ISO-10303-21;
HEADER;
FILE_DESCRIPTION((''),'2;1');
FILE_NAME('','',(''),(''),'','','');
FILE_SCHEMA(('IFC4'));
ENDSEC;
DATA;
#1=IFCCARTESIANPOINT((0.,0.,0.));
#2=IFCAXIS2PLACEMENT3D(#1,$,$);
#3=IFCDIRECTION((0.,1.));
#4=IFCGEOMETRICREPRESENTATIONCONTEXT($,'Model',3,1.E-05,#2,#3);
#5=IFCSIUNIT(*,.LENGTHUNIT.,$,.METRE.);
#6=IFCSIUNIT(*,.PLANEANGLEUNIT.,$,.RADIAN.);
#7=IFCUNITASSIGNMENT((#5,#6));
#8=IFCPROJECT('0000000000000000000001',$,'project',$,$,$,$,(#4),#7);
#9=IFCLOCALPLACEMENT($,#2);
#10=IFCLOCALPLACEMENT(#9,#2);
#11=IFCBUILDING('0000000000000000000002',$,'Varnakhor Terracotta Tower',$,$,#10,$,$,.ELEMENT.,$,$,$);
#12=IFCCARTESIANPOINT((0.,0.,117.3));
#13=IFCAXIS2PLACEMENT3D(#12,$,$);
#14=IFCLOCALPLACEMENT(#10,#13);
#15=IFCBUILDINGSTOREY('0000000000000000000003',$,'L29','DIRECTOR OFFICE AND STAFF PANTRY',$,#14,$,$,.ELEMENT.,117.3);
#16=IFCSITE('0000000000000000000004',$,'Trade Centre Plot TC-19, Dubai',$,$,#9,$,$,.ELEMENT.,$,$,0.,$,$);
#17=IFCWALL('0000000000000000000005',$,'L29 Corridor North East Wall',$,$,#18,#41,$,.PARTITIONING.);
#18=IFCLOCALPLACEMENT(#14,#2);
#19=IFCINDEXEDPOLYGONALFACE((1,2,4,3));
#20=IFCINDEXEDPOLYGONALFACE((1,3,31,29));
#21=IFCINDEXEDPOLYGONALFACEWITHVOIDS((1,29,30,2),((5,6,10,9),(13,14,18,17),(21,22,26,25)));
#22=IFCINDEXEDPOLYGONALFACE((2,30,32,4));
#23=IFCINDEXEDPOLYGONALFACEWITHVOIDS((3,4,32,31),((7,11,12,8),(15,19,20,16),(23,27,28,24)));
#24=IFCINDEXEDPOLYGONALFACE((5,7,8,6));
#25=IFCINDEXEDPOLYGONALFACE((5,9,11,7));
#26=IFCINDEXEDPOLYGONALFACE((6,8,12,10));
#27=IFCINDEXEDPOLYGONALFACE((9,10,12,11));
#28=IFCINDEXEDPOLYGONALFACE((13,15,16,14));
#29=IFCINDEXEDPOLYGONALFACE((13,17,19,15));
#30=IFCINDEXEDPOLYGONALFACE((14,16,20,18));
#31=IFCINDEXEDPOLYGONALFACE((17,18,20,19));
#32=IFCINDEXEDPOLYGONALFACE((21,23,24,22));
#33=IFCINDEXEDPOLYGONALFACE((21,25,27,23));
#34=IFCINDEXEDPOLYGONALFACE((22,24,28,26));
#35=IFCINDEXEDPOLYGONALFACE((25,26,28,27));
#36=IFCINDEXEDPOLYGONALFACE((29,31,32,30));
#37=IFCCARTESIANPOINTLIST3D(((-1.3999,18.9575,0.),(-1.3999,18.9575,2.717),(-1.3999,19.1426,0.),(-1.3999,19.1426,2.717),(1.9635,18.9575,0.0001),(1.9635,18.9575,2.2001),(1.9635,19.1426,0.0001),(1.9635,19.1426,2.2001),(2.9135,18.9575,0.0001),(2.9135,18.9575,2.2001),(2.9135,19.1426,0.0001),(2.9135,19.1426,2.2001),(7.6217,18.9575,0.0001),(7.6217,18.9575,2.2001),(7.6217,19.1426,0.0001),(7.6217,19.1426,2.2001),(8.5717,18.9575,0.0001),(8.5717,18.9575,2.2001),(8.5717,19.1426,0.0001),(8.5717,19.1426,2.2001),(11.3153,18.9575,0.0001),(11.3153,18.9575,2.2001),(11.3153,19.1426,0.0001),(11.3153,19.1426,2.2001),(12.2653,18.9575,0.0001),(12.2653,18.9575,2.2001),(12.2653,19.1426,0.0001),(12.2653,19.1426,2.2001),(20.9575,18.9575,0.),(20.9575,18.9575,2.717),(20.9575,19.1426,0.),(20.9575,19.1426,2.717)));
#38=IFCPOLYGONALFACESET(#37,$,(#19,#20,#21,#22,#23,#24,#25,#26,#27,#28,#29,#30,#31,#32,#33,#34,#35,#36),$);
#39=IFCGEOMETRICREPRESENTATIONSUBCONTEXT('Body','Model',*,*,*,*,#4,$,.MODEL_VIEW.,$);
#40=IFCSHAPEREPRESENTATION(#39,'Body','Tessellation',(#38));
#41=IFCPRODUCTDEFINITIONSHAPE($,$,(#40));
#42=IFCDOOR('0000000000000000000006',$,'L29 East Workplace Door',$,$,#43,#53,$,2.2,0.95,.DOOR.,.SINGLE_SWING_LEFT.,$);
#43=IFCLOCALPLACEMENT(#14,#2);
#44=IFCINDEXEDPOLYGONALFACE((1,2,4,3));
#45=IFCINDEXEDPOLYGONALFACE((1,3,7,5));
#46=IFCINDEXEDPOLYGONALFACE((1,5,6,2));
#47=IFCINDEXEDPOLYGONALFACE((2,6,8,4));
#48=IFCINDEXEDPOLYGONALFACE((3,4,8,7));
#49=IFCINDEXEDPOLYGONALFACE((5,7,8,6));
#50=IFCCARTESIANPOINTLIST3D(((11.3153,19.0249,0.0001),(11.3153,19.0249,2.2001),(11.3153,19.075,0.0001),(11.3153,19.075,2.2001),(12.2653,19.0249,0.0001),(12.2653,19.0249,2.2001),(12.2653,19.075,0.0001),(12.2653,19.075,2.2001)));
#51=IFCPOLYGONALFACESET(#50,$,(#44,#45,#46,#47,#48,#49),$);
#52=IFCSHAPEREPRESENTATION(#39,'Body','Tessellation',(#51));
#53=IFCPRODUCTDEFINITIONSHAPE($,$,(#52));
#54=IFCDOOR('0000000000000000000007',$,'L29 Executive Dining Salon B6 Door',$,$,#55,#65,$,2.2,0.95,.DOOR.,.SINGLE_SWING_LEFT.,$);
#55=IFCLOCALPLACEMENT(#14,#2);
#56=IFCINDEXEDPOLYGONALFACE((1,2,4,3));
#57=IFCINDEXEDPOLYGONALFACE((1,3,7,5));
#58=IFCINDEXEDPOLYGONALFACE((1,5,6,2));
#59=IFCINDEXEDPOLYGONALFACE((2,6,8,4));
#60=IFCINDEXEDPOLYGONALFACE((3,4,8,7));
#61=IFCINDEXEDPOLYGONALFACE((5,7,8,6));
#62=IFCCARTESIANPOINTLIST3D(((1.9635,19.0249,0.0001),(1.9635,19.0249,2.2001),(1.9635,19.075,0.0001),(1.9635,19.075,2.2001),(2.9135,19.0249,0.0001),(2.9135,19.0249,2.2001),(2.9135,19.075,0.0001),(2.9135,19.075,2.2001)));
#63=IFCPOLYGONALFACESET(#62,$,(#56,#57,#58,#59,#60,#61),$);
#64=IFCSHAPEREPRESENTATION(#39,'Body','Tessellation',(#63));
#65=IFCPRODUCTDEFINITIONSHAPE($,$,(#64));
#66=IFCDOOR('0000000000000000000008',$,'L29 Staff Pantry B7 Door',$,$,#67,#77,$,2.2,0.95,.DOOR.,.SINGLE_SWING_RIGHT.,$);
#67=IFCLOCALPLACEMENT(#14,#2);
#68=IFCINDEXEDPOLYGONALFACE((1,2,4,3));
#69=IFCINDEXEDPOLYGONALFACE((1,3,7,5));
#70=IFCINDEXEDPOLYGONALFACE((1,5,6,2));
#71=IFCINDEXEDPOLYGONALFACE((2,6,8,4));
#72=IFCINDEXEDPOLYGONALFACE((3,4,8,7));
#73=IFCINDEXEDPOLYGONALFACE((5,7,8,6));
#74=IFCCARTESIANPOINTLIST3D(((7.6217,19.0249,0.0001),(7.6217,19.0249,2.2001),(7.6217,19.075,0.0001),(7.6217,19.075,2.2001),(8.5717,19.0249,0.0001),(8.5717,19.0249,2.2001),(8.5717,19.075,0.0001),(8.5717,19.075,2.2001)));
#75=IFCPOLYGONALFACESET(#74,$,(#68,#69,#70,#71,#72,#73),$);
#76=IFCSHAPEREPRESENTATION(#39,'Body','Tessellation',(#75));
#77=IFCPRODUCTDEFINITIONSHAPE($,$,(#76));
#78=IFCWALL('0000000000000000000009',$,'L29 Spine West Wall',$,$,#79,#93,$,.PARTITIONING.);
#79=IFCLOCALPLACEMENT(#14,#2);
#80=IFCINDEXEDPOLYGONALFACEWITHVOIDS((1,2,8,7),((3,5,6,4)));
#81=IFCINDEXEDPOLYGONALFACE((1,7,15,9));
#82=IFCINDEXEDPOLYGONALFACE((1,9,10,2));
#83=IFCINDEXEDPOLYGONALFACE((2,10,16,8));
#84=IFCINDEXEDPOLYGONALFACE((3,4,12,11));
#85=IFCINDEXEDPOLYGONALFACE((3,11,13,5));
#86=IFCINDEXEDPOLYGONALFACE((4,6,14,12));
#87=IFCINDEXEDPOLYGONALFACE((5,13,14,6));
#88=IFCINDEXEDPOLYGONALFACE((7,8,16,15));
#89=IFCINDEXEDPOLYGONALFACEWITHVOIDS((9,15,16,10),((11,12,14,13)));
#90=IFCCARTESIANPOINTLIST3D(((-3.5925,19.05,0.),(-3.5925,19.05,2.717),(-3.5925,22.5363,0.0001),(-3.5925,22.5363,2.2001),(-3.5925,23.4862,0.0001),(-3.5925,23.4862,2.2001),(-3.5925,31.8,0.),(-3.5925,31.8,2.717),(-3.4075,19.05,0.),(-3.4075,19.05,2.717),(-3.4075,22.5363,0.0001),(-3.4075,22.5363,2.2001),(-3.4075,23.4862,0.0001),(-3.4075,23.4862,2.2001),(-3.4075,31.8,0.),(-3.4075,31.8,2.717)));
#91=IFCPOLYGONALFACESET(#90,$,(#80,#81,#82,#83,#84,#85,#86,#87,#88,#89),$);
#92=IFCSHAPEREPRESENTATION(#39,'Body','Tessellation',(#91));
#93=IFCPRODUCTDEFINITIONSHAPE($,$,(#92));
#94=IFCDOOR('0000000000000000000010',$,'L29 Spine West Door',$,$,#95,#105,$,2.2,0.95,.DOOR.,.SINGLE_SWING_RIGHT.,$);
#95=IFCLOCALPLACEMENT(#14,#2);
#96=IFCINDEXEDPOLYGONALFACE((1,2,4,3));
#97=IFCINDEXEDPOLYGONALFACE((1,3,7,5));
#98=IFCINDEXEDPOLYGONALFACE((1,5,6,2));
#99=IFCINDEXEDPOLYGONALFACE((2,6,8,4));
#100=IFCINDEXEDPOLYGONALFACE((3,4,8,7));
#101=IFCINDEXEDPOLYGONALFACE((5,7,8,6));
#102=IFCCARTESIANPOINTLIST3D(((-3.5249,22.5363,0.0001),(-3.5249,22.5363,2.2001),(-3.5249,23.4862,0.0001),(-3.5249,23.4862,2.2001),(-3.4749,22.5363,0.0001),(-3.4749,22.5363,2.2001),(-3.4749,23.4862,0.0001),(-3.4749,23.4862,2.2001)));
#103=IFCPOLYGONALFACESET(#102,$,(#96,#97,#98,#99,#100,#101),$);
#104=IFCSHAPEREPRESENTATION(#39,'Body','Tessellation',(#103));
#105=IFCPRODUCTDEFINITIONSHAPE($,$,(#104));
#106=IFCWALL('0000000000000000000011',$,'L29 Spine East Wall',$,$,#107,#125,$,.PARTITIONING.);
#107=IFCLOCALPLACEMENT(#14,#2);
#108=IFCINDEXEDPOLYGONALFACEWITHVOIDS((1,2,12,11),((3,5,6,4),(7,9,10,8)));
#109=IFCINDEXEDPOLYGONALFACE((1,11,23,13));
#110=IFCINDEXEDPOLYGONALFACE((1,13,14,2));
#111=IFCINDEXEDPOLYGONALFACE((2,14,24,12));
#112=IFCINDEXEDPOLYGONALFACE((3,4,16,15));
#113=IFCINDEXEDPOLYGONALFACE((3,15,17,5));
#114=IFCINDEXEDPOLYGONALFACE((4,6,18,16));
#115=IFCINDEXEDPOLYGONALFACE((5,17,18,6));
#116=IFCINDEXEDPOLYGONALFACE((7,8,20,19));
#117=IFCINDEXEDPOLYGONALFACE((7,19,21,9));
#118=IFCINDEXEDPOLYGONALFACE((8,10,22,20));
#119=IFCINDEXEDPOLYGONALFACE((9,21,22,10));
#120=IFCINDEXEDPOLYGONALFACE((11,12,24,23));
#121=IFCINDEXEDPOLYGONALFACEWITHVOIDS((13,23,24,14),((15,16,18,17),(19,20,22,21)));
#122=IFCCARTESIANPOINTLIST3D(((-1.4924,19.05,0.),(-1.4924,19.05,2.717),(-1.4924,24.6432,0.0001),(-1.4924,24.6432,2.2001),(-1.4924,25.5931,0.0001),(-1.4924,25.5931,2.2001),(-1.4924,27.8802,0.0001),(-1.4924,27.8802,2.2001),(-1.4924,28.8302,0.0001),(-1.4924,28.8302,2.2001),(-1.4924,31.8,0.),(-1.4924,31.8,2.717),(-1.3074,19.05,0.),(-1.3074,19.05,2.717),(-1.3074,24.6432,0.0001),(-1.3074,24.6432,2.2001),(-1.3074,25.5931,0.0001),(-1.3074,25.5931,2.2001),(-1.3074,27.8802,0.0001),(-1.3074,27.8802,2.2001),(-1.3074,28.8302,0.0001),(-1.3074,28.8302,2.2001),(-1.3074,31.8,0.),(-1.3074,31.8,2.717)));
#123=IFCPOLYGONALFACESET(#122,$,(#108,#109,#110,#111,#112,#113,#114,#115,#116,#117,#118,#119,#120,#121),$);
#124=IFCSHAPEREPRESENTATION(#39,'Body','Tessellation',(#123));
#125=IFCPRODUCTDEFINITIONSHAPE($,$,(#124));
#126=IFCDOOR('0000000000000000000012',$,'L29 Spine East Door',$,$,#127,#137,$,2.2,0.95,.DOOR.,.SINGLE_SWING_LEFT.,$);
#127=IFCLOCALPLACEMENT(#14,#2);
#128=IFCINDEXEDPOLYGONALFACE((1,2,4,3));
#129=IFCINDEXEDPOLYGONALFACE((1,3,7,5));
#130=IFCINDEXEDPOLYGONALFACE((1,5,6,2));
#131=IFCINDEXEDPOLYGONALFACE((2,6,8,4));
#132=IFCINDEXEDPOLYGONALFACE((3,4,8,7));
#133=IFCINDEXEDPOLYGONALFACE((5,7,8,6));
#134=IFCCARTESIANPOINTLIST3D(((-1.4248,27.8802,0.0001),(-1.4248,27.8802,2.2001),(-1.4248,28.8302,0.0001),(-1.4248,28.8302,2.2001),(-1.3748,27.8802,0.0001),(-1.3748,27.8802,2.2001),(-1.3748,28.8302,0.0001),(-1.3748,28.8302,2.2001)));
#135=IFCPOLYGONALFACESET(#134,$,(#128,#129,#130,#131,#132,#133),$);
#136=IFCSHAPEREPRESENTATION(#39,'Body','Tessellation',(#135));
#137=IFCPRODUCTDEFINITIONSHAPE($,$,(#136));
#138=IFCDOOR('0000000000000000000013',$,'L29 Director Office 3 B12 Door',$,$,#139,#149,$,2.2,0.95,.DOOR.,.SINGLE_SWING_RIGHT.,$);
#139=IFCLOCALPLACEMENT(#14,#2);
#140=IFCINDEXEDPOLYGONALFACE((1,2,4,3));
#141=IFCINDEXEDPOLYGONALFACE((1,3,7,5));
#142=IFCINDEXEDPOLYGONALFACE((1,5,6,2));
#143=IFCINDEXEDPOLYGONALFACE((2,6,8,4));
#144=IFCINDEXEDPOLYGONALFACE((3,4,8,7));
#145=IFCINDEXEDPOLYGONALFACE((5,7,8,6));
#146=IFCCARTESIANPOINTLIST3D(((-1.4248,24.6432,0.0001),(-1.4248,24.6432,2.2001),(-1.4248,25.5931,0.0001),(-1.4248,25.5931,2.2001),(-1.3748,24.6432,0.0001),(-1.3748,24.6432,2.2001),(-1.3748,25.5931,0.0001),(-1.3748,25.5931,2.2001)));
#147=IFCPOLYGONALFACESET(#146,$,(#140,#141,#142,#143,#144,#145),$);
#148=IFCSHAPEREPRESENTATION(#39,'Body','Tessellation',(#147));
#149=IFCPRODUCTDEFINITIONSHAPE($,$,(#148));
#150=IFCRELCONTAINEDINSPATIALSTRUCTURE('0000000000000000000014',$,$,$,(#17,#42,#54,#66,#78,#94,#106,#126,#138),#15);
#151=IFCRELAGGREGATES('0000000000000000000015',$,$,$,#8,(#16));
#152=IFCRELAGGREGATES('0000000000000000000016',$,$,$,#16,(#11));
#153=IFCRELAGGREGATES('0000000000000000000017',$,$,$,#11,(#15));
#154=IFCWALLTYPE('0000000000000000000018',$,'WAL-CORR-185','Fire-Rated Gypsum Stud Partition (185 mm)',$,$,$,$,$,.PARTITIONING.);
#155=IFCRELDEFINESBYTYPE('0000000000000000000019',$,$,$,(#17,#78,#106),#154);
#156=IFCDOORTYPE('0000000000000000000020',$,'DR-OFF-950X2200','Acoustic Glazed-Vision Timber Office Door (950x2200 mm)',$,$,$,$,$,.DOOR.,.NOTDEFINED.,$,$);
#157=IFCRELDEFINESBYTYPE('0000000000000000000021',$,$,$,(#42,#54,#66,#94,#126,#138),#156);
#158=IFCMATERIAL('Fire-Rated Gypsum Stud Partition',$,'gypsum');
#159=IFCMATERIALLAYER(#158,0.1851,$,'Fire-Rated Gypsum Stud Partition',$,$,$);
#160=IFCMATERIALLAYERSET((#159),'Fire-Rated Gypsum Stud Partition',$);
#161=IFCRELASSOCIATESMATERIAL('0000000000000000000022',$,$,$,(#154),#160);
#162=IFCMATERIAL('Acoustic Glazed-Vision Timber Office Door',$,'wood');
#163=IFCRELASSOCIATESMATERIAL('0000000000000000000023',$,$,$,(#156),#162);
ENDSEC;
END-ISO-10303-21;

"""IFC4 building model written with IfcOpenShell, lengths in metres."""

from ifc_helpers import new_model, si_unit, direction, frame, frame_2d, origin, place, context, subcontext, project, spatial, rectangle, extrude, source, transform, mapped, material, layer, layer_set, type_object, type_shapes, element, fill, save


model = new_model("IFC4")

# Units and contexts
model_context = context("Model", 3, precision=1e-05, world=origin(), true_north=direction((0.0, 1.0)))
body_context = subcontext(model_context, "Body", "Model", "MODEL_VIEW")
ifc_project = project(units=[si_unit("LENGTHUNIT", "METRE"), si_unit("PLANEANGLEUNIT", "RADIAN")], contexts=[model_context])

# Site, building, storey
site_placement = place(None, origin())
site = spatial("IfcSite", under=ifc_project, at=site_placement, Name="Trade Centre Plot TC-19, Dubai", CompositionType="ELEMENT", RefElevation=0.0)
building_placement = place(site_placement, origin())
building = spatial("IfcBuilding", under=site, at=building_placement, Name="Varnakhor Terracotta Tower", CompositionType="ELEMENT")
storey_placement = place(building_placement, frame((0.0, 0.0, 117.3)))
storey = spatial("IfcBuildingStorey", under=building, at=storey_placement, Name="L29", Description="DIRECTOR OFFICE AND STAFF PANTRY", CompositionType="ELEMENT", Elevation=117.3)

# Wall, openings, doors
ifc_material_1 = material(Name="Fire-Rated Gypsum Stud Partition", Category="gypsum")
ifc_layer_1 = layer(ifc_material_1, 0.1851, Name="Fire-Rated Gypsum Stud Partition")
ifc_layer_set_1 = layer_set([ifc_layer_1], Name="Fire-Rated Gypsum Stud Partition")
wall_type_1 = type_object("IfcWallType", Name="WAL-CORR-185", Description="Fire-Rated Gypsum Stud Partition (185 mm)", PredefinedType="PARTITIONING", material=ifc_layer_set_1)
wall_1_placement = place(storey_placement, frame((-1.3999, 19.05, 0.0), z_axis=(0.0, 0.0, 1.0), x_axis=(1.0, 0.0, 0.0)))
wall_1 = element("IfcWall", 1, at=wall_1_placement, inside=storey, type_object=wall_type_1, Name="L29 Corridor North East Wall", PredefinedType="PARTITIONING", context=body_context, shape_type="SweptSolid", body=[
    extrude(rectangle(XDim=22.3574, YDim=0.1851, at=frame_2d((11.1787, 0.0))), origin(), (0.0, 0.0, 1.0), 2.717),
])
opening_1_placement = place(wall_1_placement, frame((12.7151, 0.0, 0.0)))
opening_1 = element("IfcOpeningElement", 2, at=opening_1_placement, cuts=wall_1, PredefinedType="OPENING", context=body_context, shape_type="SweptSolid", body=[
    extrude(rectangle(XDim=0.95, YDim=2.2, at=frame_2d((0.4751, 1.1001))), frame((0.0, 0.1025, 0.0), z_axis=(0.0, -1.0, 0.0), x_axis=(1.0, 0.0, 0.0)), (0.0, 0.0, 1.0), 0.2051),
])
opening_2_placement = place(wall_1_placement, frame((3.3633, 0.0, 0.0)))
opening_2 = element("IfcOpeningElement", 3, at=opening_2_placement, cuts=wall_1, PredefinedType="OPENING", context=body_context, shape_type="SweptSolid", body=[
    extrude(rectangle(XDim=0.95, YDim=2.2, at=frame_2d((0.4751, 1.1001))), frame((0.0, 0.1025, 0.0), z_axis=(0.0, -1.0, 0.0), x_axis=(1.0, 0.0, 0.0)), (0.0, 0.0, 1.0), 0.2051),
])
opening_3_placement = place(wall_1_placement, frame((9.0215, 0.0, 0.0)))
opening_3 = element("IfcOpeningElement", 4, at=opening_3_placement, cuts=wall_1, PredefinedType="OPENING", context=body_context, shape_type="SweptSolid", body=[
    extrude(rectangle(XDim=0.95, YDim=2.2, at=frame_2d((0.4751, 1.1001))), frame((0.0, 0.1025, 0.0), z_axis=(0.0, -1.0, 0.0), x_axis=(1.0, 0.0, 0.0)), (0.0, 0.0, 1.0), 0.2051),
])
ifc_material_2 = material(Name="Acoustic Glazed-Vision Timber Office Door", Category="wood")
door_type = type_object("IfcDoorType", Name="DR-OFF-950X2200", Description="Acoustic Glazed-Vision Timber Office Door (950x2200 mm)", OperationType="NOTDEFINED", PredefinedType="DOOR", material=ifc_material_2)
shared_shape_1 = source(origin(), body_context, "Body", "SweptSolid", [
    extrude(rectangle(XDim=0.95, YDim=2.2, at=frame_2d((0.4751, 1.1001))), frame((0.0, 0.0249, 0.0), z_axis=(0.0, -1.0, 0.0), x_axis=(1.0, 0.0, 0.0)), (0.0, 0.0, 1.0), 0.05),
])
type_shapes(door_type, [shared_shape_1])
door_1_placement = place(opening_1_placement, origin())
door_1 = element("IfcDoor", 5, at=door_1_placement, inside=storey, type_object=door_type, Name="L29 East Workplace Door", OperationType="SINGLE_SWING_LEFT", OverallHeight=2.2, OverallWidth=0.95, PredefinedType="DOOR", context=body_context, shape_type="MappedRepresentation", body=[
    mapped(shared_shape_1, transform((0.0, 0.0, 0.0), scale=1.0)),
])
fill(opening_1, door_1)
door_2_placement = place(opening_2_placement, origin())
door_2 = element("IfcDoor", 6, at=door_2_placement, inside=storey, type_object=door_type, Name="L29 Executive Dining Salon B6 Door", OperationType="SINGLE_SWING_LEFT", OverallHeight=2.2, OverallWidth=0.95, PredefinedType="DOOR", context=body_context, shape_type="MappedRepresentation", body=[
    mapped(shared_shape_1, transform((0.0, 0.0, 0.0), scale=1.0)),
])
fill(opening_2, door_2)
door_3_placement = place(opening_3_placement, origin())
door_3 = element("IfcDoor", 7, at=door_3_placement, inside=storey, type_object=door_type, Name="L29 Staff Pantry B7 Door", OperationType="SINGLE_SWING_RIGHT", OverallHeight=2.2, OverallWidth=0.95, PredefinedType="DOOR", context=body_context, shape_type="MappedRepresentation", body=[
    mapped(shared_shape_1, transform((0.0, 0.0, 0.0), scale=1.0)),
])
fill(opening_3, door_3)

# Wall, opening, door
wall_2_placement = place(storey_placement, frame((-3.5, 19.05, 0.0), z_axis=(0.0, 0.0, 1.0), x_axis=(0.0, 1.0, 0.0)))
wall_2 = element("IfcWall", 8, at=wall_2_placement, inside=storey, type_object=wall_type_1, Name="L29 Spine West Wall", PredefinedType="PARTITIONING", context=body_context, shape_type="SweptSolid", body=[
    extrude(rectangle(XDim=12.75, YDim=0.1851, at=frame_2d((6.375, 0.0))), origin(), (0.0, 0.0, 1.0), 2.717),
])
opening_4_placement = place(wall_2_placement, frame((3.4861, 0.0, 0.0)))
opening_4 = element("IfcOpeningElement", 9, at=opening_4_placement, cuts=wall_2, PredefinedType="OPENING", context=body_context, shape_type="SweptSolid", body=[
    extrude(rectangle(XDim=0.95, YDim=2.2, at=frame_2d((0.4751, 1.1001))), frame((0.0, 0.1025, 0.0), z_axis=(0.0, -1.0, 0.0), x_axis=(1.0, 0.0, 0.0)), (0.0, 0.0, 1.0), 0.2051),
])
door_4_placement = place(opening_4_placement, origin())
door_4 = element("IfcDoor", 10, at=door_4_placement, inside=storey, type_object=door_type, Name="L29 Spine West Door", OperationType="SINGLE_SWING_RIGHT", OverallHeight=2.2, OverallWidth=0.95, PredefinedType="DOOR", context=body_context, shape_type="MappedRepresentation", body=[
    mapped(shared_shape_1, transform((0.0, 0.0, 0.0), scale=1.0)),
])
fill(opening_4, door_4)

# Wall, openings, doors
wall_3_placement = place(storey_placement, frame((-1.3999, 19.05, 0.0), z_axis=(0.0, 0.0, 1.0), x_axis=(0.0, 1.0, 0.0)))
wall_3 = element("IfcWall", 11, at=wall_3_placement, inside=storey, type_object=wall_type_1, Name="L29 Spine East Wall", PredefinedType="PARTITIONING", context=body_context, shape_type="SweptSolid", body=[
    extrude(rectangle(XDim=12.75, YDim=0.1851, at=frame_2d((6.375, 0.0))), origin(), (0.0, 0.0, 1.0), 2.717),
])
opening_5_placement = place(wall_3_placement, frame((8.8301, 0.0, 0.0)))
opening_5 = element("IfcOpeningElement", 12, at=opening_5_placement, cuts=wall_3, PredefinedType="OPENING", context=body_context, shape_type="SweptSolid", body=[
    extrude(rectangle(XDim=0.95, YDim=2.2, at=frame_2d((0.4751, 1.1001))), frame((0.0, 0.1025, 0.0), z_axis=(0.0, -1.0, 0.0), x_axis=(1.0, 0.0, 0.0)), (0.0, 0.0, 1.0), 0.2051),
])
opening_6_placement = place(wall_3_placement, frame((5.593, 0.0, 0.0)))
opening_6 = element("IfcOpeningElement", 13, at=opening_6_placement, cuts=wall_3, PredefinedType="OPENING", context=body_context, shape_type="SweptSolid", body=[
    extrude(rectangle(XDim=0.95, YDim=2.2, at=frame_2d((0.4751, 1.1001))), frame((0.0, 0.1025, 0.0), z_axis=(0.0, -1.0, 0.0), x_axis=(1.0, 0.0, 0.0)), (0.0, 0.0, 1.0), 0.2051),
])
door_5_placement = place(opening_5_placement, origin())
door_5 = element("IfcDoor", 14, at=door_5_placement, inside=storey, type_object=door_type, Name="L29 Spine East Door", OperationType="SINGLE_SWING_LEFT", OverallHeight=2.2, OverallWidth=0.95, PredefinedType="DOOR", context=body_context, shape_type="MappedRepresentation", body=[
    mapped(shared_shape_1, transform((0.0, 0.0, 0.0), scale=1.0)),
])
fill(opening_5, door_5)
door_6_placement = place(opening_6_placement, origin())
door_6 = element("IfcDoor", 15, at=door_6_placement, inside=storey, type_object=door_type, Name="L29 Director Office 3 B12 Door", OperationType="SINGLE_SWING_RIGHT", OverallHeight=2.2, OverallWidth=0.95, PredefinedType="DOOR", context=body_context, shape_type="MappedRepresentation", body=[
    mapped(shared_shape_1, transform((0.0, 0.0, 0.0), scale=1.0)),
])
fill(opening_6, door_6)

save(model, "model.ifc")
